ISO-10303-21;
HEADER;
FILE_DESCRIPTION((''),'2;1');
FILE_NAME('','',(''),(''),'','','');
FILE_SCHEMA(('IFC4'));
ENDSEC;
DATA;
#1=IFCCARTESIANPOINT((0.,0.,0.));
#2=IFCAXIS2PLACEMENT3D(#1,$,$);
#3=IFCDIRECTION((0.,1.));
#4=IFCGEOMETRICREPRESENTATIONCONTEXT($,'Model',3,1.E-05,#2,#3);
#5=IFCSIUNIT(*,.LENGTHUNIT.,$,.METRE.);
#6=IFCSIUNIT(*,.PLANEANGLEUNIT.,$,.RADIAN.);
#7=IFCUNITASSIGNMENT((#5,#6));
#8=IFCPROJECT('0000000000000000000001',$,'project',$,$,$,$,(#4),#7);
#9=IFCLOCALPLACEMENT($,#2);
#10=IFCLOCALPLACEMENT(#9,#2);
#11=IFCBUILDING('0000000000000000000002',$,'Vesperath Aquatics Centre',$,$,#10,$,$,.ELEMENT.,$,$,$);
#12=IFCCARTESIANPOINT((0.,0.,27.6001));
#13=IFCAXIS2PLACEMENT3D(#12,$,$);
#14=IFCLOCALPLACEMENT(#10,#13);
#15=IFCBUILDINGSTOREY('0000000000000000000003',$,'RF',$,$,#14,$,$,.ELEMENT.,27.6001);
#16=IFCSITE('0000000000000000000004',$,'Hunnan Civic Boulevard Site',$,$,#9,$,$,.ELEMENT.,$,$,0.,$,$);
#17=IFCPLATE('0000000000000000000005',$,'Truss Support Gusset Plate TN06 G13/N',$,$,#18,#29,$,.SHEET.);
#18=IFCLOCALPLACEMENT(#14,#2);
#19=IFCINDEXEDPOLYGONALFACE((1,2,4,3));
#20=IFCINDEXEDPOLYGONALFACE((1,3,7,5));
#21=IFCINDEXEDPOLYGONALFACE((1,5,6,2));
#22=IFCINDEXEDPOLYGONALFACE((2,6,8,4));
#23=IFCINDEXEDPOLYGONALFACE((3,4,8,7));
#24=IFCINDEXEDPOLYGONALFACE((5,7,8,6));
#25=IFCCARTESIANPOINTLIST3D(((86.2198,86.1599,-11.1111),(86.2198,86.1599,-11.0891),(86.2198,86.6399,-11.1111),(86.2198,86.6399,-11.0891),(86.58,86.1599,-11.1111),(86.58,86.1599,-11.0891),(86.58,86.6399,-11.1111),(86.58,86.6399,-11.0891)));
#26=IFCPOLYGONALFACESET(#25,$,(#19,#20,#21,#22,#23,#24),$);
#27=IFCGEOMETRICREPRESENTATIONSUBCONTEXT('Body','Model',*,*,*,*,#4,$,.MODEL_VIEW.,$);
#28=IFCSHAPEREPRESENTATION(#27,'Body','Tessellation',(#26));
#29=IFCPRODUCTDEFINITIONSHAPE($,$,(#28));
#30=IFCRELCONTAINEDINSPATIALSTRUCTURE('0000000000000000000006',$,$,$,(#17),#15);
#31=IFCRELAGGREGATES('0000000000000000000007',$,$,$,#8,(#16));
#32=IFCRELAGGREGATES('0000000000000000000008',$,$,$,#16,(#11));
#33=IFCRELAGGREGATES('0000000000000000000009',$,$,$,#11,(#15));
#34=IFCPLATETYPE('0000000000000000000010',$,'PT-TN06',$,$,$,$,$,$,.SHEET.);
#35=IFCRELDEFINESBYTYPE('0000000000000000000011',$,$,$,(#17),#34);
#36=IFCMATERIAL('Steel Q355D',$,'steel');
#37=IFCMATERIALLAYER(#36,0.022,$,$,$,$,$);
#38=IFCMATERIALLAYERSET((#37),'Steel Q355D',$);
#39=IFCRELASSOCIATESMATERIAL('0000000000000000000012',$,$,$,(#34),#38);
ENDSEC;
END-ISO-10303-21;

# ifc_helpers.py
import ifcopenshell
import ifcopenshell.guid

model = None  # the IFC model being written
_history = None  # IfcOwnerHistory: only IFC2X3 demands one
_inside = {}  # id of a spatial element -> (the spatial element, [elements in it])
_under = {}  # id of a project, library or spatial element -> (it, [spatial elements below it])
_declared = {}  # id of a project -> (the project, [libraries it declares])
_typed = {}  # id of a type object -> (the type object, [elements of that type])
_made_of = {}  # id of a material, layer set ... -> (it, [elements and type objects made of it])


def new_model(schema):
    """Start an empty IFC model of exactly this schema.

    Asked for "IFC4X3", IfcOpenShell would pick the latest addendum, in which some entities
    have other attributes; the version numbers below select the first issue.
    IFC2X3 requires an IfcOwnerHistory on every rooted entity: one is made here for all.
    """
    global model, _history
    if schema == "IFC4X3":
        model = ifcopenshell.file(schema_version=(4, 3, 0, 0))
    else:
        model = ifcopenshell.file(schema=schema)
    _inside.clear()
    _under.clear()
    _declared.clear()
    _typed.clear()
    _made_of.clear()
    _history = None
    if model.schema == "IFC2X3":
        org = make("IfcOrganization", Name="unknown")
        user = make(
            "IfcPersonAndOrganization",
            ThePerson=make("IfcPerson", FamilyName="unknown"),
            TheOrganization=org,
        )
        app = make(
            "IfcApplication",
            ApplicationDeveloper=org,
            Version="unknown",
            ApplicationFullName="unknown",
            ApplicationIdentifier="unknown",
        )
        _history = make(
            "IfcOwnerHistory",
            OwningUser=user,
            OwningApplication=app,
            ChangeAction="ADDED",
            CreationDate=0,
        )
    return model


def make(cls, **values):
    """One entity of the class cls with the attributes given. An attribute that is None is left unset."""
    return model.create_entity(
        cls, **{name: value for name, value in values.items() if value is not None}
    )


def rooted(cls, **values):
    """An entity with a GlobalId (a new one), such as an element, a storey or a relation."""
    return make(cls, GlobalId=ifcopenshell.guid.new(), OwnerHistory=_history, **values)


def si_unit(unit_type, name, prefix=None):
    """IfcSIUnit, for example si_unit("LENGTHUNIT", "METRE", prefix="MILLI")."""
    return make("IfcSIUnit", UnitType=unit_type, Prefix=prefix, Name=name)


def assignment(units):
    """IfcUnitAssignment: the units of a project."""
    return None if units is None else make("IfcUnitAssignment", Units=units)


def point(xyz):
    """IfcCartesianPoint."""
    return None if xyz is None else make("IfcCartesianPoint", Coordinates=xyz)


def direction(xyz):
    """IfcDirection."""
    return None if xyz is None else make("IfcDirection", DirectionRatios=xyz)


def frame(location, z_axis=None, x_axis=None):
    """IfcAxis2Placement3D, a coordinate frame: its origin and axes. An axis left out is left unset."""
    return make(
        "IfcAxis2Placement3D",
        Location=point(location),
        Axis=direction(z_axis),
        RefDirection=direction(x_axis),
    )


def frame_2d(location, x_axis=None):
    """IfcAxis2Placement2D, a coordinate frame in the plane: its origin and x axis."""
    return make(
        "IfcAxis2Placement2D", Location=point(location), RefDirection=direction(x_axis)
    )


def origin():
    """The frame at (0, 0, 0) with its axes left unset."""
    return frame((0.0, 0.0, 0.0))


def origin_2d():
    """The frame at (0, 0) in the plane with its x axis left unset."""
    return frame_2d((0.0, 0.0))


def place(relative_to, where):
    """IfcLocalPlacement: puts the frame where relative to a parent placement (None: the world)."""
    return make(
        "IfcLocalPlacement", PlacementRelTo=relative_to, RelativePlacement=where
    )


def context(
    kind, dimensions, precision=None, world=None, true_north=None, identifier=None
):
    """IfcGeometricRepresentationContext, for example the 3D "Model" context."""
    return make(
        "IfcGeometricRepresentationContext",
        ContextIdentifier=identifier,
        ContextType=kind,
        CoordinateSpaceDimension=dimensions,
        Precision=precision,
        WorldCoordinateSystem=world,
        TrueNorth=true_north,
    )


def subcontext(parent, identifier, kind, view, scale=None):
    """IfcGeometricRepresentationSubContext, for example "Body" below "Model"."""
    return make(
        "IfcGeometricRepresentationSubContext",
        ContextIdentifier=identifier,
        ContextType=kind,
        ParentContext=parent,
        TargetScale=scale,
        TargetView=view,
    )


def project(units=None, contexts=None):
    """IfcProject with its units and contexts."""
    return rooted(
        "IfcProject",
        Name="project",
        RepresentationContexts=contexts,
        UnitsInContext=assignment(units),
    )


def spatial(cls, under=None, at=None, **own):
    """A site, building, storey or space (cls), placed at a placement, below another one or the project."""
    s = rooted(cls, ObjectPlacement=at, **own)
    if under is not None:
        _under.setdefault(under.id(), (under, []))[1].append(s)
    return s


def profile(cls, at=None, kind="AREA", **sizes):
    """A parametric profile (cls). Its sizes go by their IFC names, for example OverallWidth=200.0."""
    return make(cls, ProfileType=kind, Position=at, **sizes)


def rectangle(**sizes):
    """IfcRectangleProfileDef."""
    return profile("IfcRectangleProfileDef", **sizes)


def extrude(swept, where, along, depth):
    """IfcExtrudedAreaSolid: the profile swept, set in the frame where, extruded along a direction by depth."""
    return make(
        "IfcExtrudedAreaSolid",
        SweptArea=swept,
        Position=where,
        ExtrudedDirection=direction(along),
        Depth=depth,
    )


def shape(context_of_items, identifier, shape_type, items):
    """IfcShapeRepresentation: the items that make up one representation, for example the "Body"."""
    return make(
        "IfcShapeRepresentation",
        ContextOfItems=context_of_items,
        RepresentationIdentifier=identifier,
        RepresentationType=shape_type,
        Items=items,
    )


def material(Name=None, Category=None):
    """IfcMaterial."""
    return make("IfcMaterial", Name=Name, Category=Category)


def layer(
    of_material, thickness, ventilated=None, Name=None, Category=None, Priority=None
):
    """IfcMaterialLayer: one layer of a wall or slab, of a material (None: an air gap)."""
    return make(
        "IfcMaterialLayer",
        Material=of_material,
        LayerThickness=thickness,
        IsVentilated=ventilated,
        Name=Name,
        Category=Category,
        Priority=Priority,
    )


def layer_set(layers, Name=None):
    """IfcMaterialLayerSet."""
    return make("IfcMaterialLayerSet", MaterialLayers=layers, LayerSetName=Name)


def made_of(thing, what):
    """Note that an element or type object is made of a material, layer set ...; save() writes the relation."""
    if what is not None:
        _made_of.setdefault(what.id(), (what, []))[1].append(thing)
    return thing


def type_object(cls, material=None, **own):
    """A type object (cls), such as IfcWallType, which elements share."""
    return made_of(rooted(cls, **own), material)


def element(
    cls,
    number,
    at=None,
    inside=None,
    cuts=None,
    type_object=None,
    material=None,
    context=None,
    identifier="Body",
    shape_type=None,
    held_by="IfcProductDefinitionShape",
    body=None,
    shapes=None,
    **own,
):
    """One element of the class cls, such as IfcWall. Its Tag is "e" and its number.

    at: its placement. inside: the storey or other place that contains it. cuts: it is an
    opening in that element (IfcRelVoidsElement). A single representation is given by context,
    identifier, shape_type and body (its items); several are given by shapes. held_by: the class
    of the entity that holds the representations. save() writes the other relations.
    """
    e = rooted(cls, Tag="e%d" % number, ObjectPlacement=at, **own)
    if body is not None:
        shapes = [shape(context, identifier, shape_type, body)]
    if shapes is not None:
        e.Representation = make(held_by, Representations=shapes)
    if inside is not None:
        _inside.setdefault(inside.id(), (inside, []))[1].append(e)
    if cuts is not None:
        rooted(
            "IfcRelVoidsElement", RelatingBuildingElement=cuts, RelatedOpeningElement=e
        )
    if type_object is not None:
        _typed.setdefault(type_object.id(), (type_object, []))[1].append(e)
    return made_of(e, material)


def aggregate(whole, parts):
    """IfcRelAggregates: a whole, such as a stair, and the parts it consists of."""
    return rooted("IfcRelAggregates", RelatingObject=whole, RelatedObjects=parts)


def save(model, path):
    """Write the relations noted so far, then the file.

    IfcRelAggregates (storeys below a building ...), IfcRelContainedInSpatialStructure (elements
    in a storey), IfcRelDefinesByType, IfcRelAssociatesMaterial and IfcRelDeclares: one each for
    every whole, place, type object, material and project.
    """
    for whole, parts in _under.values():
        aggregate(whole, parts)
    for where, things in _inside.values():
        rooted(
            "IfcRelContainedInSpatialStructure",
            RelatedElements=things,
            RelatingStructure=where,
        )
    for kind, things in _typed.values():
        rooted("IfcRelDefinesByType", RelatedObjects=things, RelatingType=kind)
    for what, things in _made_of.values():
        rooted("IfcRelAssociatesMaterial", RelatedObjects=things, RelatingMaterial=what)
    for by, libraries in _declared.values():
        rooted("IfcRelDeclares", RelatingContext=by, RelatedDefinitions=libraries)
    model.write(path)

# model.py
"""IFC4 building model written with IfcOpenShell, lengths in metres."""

from ifc_helpers import new_model, si_unit, direction, frame, origin, origin_2d, place, context, subcontext, project, spatial, rectangle, extrude, material, layer, layer_set, type_object, element, save


model = new_model("IFC4")

# Units and contexts
model_context = context("Model", 3, precision=1e-05, world=origin(), true_north=direction((0.0, 1.0)))
body_context = subcontext(model_context, "Body", "Model", "MODEL_VIEW")
ifc_project = project(units=[si_unit("LENGTHUNIT", "METRE"), si_unit("PLANEANGLEUNIT", "RADIAN")], contexts=[model_context])

# Site, building, storey
site_placement = place(None, origin())
site = spatial("IfcSite", under=ifc_project, at=site_placement, Name="Hunnan Civic Boulevard Site", CompositionType="ELEMENT", RefElevation=0.0)
building_placement = place(site_placement, origin())
building = spatial("IfcBuilding", under=site, at=building_placement, Name="Vesperath Aquatics Centre", CompositionType="ELEMENT")
storey_placement = place(building_placement, frame((0.0, 0.0, 27.6001)))
storey = spatial("IfcBuildingStorey", under=building, at=storey_placement, Name="RF", CompositionType="ELEMENT", Elevation=27.6001)

# Shared definitions
ifc_material_1 = material(Name="Steel Q355D", Category="steel")

# Plate
ifc_layer_1 = layer(ifc_material_1, 0.022)
ifc_layer_set_1 = layer_set([ifc_layer_1], Name="Steel Q355D")
plate_type_1 = type_object("IfcPlateType", Name="PT-TN06", PredefinedType="SHEET", material=ifc_layer_set_1)
plate_placement = place(storey_placement, frame((86.3999, 86.3999, -11.1111), z_axis=(0.0, 0.0, 1.0), x_axis=(0.0, 1.0, 0.0)))
element("IfcPlate", 1, at=plate_placement, inside=storey, type_object=plate_type_1, Name="Truss Support Gusset Plate TN06 G13/N", PredefinedType="SHEET", context=body_context, shape_type="SweptSolid", body=[
    extrude(rectangle(XDim=0.48, YDim=0.3601, at=origin_2d()), origin(), (0.0, 0.0, 1.0), 0.022),
])

save(model, "model.ifc")
